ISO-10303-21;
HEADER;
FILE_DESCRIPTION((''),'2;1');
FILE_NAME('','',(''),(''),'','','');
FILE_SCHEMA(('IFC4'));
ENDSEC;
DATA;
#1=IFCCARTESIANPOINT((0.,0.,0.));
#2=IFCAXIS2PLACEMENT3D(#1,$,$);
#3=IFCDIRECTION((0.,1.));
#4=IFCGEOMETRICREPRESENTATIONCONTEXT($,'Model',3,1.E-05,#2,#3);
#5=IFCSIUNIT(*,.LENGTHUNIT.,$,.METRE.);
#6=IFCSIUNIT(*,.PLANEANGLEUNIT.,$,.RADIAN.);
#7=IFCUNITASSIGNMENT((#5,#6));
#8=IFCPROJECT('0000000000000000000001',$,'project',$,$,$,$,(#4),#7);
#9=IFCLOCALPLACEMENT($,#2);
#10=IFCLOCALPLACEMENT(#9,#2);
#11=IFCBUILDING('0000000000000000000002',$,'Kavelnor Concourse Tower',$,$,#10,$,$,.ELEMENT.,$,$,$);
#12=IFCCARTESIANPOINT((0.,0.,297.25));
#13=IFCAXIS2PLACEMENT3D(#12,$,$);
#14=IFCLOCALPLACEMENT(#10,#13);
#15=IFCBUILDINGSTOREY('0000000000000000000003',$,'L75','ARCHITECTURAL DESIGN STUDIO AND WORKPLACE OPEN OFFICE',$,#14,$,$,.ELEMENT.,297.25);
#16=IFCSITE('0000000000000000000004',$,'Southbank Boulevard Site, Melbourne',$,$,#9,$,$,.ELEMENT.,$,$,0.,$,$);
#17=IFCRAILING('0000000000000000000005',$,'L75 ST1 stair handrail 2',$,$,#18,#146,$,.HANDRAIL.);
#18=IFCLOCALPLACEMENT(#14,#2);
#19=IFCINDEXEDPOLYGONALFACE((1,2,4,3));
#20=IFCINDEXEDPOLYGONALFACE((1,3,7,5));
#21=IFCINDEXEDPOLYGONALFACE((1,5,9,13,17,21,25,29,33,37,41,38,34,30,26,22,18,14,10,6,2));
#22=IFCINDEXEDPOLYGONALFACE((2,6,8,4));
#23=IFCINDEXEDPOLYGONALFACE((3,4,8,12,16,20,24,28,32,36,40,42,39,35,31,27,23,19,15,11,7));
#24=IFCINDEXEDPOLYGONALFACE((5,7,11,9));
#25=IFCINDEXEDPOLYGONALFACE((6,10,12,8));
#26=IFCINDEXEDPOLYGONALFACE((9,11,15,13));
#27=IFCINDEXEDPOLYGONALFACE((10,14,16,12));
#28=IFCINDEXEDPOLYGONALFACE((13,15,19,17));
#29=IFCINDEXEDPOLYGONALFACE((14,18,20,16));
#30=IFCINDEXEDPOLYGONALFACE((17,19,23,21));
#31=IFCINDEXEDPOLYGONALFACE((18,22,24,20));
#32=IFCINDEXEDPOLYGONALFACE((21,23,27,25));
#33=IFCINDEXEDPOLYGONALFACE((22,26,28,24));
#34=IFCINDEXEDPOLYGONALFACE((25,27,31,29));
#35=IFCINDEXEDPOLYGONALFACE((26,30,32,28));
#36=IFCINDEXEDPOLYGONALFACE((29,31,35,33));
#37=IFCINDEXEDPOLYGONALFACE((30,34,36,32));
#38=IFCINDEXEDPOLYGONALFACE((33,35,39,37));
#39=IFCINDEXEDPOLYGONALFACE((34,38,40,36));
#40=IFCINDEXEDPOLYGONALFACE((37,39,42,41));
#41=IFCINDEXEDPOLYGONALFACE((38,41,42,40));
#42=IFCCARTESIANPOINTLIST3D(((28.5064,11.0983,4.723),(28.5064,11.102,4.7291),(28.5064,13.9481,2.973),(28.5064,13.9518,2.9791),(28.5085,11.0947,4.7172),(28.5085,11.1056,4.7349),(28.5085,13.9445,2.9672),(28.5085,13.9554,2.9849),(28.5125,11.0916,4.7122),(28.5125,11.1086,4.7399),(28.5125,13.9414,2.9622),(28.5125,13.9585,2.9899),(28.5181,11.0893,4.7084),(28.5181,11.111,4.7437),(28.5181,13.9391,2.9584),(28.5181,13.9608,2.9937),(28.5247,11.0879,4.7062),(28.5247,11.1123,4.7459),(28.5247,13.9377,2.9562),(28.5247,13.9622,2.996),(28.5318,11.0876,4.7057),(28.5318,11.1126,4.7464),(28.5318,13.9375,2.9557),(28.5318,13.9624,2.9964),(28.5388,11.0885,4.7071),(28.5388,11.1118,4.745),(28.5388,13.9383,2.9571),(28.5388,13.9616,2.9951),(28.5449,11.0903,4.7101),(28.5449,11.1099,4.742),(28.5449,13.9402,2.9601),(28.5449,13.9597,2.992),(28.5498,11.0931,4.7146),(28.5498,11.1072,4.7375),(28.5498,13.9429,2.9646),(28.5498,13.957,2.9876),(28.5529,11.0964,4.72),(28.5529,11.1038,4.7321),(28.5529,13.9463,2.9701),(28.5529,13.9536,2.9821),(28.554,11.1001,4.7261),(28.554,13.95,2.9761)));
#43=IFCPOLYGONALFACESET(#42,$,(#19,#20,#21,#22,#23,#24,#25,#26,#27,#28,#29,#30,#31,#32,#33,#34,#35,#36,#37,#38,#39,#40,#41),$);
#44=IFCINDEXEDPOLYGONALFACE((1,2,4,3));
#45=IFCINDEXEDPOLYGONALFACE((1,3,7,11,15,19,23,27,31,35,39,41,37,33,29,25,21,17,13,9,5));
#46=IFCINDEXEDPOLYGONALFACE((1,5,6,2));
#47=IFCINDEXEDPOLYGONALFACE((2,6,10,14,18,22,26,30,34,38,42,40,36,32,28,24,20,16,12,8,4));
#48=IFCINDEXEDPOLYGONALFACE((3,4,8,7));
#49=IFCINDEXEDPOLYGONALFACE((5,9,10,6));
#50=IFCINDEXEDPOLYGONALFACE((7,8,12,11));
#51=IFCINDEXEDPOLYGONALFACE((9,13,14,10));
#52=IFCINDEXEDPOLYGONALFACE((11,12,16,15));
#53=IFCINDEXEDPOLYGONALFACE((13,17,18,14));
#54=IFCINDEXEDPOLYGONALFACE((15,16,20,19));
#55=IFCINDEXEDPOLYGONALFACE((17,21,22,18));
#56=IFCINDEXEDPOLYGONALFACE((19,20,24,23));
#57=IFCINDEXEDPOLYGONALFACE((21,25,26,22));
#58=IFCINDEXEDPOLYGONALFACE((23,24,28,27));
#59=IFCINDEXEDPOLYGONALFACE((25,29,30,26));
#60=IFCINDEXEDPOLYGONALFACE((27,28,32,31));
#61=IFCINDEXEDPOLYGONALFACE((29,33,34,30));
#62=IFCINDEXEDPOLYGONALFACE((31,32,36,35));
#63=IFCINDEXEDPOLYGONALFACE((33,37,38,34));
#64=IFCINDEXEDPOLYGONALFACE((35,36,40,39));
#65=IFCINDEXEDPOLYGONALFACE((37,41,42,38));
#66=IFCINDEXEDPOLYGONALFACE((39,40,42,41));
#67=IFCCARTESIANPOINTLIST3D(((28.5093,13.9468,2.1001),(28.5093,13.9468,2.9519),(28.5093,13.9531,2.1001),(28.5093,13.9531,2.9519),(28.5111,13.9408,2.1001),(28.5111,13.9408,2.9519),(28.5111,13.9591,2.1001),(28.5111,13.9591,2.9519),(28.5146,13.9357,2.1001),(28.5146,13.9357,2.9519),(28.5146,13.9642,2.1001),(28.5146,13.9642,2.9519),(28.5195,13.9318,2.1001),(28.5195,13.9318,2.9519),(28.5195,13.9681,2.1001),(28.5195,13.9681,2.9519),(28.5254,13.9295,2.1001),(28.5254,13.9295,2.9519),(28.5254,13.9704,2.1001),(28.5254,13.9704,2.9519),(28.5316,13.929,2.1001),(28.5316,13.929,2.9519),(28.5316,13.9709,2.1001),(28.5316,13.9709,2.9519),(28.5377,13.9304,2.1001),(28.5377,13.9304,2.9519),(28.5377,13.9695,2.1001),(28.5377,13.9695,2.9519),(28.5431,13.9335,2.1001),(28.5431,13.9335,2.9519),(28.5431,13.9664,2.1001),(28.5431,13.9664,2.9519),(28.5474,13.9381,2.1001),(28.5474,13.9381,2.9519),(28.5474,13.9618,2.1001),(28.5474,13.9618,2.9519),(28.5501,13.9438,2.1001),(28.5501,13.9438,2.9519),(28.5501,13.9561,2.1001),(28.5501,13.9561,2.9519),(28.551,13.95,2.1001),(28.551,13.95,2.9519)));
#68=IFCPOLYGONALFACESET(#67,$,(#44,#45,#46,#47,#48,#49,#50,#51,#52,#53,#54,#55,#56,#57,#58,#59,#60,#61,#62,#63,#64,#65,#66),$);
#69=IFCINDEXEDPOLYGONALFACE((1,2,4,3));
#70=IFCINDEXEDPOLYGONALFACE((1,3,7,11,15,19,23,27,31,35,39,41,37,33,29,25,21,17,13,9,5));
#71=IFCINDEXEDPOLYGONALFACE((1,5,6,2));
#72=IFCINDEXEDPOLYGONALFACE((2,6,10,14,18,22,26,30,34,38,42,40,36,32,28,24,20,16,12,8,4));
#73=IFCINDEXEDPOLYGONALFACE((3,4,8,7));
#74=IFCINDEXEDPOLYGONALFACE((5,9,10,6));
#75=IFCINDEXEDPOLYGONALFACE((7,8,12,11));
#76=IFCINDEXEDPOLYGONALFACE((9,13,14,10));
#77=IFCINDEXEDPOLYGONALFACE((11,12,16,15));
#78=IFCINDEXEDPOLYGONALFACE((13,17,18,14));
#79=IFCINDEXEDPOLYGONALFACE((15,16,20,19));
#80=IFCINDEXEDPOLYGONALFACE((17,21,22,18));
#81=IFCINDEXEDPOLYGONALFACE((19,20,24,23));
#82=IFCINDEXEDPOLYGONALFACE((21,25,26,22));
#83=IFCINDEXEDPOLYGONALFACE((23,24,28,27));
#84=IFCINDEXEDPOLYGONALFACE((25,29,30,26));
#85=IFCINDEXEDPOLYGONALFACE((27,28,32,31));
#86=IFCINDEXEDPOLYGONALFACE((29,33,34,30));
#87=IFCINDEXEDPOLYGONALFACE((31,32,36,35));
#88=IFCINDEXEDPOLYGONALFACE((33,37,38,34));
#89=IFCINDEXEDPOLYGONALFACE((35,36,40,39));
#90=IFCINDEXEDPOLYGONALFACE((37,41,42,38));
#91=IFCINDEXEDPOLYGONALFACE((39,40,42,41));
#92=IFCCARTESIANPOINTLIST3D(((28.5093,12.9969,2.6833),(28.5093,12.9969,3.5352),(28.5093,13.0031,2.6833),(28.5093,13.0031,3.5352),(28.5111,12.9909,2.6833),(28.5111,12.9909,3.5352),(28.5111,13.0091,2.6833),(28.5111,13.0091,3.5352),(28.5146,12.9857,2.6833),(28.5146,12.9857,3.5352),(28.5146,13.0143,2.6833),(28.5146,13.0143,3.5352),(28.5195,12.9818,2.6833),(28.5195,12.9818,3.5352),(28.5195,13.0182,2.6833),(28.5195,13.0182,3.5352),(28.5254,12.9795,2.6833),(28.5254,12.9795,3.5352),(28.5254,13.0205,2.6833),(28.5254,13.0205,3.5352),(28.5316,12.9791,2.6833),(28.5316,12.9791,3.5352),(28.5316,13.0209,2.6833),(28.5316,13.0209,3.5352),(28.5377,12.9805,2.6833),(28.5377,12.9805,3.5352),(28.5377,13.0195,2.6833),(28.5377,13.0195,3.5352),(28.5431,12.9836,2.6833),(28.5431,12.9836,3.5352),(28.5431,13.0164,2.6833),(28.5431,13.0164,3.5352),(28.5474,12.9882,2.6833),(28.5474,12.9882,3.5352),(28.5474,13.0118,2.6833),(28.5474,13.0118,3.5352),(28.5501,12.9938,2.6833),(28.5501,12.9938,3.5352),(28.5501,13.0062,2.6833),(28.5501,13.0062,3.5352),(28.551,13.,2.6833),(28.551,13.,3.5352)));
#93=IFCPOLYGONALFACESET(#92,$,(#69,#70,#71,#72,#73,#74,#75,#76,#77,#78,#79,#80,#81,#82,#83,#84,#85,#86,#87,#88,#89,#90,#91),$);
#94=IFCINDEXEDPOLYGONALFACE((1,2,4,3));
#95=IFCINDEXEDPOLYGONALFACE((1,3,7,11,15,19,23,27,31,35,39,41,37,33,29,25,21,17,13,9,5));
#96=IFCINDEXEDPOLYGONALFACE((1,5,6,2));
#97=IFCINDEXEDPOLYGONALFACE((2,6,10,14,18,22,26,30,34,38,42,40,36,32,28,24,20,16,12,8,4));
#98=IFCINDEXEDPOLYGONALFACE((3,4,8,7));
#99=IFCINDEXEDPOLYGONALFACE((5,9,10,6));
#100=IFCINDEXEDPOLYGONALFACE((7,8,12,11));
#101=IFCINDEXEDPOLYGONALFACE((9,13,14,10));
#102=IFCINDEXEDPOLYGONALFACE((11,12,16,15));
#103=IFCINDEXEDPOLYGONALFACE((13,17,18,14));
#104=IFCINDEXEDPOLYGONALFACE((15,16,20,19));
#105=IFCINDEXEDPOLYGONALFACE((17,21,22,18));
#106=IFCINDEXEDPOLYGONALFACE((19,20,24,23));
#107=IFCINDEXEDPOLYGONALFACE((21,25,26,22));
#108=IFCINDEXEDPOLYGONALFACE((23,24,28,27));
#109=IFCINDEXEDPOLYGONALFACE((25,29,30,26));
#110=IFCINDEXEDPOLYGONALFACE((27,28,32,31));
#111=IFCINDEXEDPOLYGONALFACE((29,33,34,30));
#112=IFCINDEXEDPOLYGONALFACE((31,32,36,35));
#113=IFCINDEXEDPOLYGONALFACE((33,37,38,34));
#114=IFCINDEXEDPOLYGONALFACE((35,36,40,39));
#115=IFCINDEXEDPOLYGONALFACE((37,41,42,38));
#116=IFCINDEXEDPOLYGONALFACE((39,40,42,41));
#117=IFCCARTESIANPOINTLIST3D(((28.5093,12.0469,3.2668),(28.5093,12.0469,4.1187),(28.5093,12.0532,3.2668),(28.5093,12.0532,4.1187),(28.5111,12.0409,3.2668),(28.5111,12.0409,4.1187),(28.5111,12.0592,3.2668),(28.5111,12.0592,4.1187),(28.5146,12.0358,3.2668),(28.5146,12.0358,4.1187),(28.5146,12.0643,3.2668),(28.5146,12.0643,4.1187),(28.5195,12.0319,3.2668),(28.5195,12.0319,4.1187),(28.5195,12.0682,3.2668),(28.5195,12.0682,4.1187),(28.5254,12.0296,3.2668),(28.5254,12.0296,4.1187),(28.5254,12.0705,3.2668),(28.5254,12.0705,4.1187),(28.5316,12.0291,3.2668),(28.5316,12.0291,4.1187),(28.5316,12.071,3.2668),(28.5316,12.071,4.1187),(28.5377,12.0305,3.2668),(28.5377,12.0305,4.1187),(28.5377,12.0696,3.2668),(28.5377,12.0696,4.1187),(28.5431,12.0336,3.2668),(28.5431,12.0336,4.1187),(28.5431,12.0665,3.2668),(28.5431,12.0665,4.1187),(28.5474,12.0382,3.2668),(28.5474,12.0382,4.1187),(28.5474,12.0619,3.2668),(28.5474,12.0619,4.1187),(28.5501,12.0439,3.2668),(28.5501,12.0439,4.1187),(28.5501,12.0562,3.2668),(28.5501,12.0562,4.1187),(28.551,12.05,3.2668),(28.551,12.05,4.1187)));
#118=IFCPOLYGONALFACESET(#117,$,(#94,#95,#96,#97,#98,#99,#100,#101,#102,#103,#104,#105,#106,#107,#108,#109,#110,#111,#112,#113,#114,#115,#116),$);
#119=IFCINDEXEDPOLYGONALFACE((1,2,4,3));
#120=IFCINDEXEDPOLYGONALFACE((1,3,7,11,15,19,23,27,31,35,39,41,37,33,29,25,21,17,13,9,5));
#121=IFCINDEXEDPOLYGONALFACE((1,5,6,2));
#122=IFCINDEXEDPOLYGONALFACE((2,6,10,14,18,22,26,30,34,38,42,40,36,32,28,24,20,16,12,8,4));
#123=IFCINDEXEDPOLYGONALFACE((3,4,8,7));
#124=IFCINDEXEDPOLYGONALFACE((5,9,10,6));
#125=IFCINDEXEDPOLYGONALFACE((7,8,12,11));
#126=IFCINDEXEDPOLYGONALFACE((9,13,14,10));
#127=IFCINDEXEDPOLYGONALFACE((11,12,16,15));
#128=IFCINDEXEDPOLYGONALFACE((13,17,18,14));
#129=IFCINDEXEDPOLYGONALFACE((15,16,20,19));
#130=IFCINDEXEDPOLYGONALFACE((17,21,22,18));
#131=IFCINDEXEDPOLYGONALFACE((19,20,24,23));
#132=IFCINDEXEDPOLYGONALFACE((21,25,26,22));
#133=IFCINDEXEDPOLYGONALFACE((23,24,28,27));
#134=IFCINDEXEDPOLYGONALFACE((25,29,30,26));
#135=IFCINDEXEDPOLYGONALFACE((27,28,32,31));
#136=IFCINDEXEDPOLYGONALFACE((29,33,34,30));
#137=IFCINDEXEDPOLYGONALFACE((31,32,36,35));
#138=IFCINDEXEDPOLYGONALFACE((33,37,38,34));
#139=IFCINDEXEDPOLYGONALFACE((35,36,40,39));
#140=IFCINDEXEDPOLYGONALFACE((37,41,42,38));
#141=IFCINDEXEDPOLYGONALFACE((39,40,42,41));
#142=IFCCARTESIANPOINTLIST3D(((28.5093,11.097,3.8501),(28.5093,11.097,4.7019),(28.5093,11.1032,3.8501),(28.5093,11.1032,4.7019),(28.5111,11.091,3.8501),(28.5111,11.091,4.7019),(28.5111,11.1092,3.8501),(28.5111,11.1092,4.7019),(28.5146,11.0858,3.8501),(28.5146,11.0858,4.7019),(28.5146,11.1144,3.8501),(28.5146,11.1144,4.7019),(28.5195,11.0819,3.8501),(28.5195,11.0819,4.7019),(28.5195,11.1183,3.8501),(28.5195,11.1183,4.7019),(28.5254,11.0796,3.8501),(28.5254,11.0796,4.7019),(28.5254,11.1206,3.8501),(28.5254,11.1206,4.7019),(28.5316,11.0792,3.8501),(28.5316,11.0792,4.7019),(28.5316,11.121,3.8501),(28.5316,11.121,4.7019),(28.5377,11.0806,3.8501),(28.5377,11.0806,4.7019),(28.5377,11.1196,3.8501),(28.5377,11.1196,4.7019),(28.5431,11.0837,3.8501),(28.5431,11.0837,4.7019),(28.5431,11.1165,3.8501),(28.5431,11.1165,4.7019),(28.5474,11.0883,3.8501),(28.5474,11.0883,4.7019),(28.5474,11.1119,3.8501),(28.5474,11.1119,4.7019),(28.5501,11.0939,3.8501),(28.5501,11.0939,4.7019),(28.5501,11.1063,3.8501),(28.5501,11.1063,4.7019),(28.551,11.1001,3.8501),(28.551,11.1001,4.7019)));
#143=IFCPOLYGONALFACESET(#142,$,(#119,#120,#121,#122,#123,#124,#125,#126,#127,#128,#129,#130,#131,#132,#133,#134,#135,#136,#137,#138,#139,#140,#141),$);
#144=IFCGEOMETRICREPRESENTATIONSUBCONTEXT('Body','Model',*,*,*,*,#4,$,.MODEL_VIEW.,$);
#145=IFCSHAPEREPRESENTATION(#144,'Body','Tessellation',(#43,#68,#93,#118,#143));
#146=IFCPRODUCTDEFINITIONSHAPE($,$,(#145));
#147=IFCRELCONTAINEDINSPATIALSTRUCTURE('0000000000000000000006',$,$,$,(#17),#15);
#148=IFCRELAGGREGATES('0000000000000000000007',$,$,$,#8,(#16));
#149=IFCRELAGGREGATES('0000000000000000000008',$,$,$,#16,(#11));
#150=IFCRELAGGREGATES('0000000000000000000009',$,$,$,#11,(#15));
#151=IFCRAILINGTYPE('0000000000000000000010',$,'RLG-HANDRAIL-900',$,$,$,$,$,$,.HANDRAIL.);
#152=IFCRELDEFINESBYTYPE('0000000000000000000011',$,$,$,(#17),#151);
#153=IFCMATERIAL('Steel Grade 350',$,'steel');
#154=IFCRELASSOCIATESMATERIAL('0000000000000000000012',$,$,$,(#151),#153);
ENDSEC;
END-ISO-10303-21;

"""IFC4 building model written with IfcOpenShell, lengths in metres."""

from ifc_helpers import new_model, si_unit, direction, frame, origin, origin_2d, place, context, subcontext, project, spatial, circle, extrude, material, type_object, element, save


model = new_model("IFC4")

# Units and contexts
model_context = context("Model", 3, precision=1e-05, world=origin(), true_north=direction((0.0, 1.0)))
body_context = subcontext(model_context, "Body", "Model", "MODEL_VIEW")
ifc_project = project(units=[si_unit("LENGTHUNIT", "METRE"), si_unit("PLANEANGLEUNIT", "RADIAN")], contexts=[model_context])

# Site, building, storey
site_placement = place(None, origin())
site = spatial("IfcSite", under=ifc_project, at=site_placement, Name="Southbank Boulevard Site, Melbourne", CompositionType="ELEMENT", RefElevation=0.0)
building_placement = place(site_placement, origin())
building = spatial("IfcBuilding", under=site, at=building_placement, Name="Kavelnor Concourse Tower", CompositionType="ELEMENT")
storey_placement = place(building_placement, frame((0.0, 0.0, 297.25)))
storey = spatial("IfcBuildingStorey", under=building, at=storey_placement, Name="L75", Description="ARCHITECTURAL DESIGN STUDIO AND WORKPLACE OPEN OFFICE", CompositionType="ELEMENT", Elevation=297.25)

# Shared definitions
ifc_material_1 = material(Name="Steel Grade 350", Category="steel")

# Railing
railing_type_1 = type_object("IfcRailingType", Name="RLG-HANDRAIL-900", PredefinedType="HANDRAIL", material=ifc_material_1)
railing_1_placement = place(storey_placement, frame((28.53, 13.95, 2.1001)))
element("IfcRailing", 1, at=railing_1_placement, inside=storey, type_object=railing_type_1, Name="L75 ST1 stair handrail 2", PredefinedType="HANDRAIL", context=body_context, shape_type="SweptSolid", body=[
    extrude(circle(Radius=0.0239, at=origin_2d()), frame((0.0, 0.0, 0.876), z_axis=(0.0, -0.852159, 0.523283), x_axis=(1.0, 0.0, 0.0)), (0.0, 0.0, 1.0), 3.3442),
    extrude(circle(Radius=0.021, at=origin_2d()), origin(), (0.0, 0.0, 1.0), 0.8518),
    extrude(circle(Radius=0.021, at=origin_2d()), frame((0.0, -0.95, 0.5833)), (0.0, 0.0, 1.0), 0.8518),
    extrude(circle(Radius=0.021, at=origin_2d()), frame((0.0, -1.8999, 1.1667)), (0.0, 0.0, 1.0), 0.8518),
    extrude(circle(Radius=0.021, at=origin_2d()), frame((0.0, -2.8499, 1.75)), (0.0, 0.0, 1.0), 0.8518),
])

save(model, "model.ifc")
